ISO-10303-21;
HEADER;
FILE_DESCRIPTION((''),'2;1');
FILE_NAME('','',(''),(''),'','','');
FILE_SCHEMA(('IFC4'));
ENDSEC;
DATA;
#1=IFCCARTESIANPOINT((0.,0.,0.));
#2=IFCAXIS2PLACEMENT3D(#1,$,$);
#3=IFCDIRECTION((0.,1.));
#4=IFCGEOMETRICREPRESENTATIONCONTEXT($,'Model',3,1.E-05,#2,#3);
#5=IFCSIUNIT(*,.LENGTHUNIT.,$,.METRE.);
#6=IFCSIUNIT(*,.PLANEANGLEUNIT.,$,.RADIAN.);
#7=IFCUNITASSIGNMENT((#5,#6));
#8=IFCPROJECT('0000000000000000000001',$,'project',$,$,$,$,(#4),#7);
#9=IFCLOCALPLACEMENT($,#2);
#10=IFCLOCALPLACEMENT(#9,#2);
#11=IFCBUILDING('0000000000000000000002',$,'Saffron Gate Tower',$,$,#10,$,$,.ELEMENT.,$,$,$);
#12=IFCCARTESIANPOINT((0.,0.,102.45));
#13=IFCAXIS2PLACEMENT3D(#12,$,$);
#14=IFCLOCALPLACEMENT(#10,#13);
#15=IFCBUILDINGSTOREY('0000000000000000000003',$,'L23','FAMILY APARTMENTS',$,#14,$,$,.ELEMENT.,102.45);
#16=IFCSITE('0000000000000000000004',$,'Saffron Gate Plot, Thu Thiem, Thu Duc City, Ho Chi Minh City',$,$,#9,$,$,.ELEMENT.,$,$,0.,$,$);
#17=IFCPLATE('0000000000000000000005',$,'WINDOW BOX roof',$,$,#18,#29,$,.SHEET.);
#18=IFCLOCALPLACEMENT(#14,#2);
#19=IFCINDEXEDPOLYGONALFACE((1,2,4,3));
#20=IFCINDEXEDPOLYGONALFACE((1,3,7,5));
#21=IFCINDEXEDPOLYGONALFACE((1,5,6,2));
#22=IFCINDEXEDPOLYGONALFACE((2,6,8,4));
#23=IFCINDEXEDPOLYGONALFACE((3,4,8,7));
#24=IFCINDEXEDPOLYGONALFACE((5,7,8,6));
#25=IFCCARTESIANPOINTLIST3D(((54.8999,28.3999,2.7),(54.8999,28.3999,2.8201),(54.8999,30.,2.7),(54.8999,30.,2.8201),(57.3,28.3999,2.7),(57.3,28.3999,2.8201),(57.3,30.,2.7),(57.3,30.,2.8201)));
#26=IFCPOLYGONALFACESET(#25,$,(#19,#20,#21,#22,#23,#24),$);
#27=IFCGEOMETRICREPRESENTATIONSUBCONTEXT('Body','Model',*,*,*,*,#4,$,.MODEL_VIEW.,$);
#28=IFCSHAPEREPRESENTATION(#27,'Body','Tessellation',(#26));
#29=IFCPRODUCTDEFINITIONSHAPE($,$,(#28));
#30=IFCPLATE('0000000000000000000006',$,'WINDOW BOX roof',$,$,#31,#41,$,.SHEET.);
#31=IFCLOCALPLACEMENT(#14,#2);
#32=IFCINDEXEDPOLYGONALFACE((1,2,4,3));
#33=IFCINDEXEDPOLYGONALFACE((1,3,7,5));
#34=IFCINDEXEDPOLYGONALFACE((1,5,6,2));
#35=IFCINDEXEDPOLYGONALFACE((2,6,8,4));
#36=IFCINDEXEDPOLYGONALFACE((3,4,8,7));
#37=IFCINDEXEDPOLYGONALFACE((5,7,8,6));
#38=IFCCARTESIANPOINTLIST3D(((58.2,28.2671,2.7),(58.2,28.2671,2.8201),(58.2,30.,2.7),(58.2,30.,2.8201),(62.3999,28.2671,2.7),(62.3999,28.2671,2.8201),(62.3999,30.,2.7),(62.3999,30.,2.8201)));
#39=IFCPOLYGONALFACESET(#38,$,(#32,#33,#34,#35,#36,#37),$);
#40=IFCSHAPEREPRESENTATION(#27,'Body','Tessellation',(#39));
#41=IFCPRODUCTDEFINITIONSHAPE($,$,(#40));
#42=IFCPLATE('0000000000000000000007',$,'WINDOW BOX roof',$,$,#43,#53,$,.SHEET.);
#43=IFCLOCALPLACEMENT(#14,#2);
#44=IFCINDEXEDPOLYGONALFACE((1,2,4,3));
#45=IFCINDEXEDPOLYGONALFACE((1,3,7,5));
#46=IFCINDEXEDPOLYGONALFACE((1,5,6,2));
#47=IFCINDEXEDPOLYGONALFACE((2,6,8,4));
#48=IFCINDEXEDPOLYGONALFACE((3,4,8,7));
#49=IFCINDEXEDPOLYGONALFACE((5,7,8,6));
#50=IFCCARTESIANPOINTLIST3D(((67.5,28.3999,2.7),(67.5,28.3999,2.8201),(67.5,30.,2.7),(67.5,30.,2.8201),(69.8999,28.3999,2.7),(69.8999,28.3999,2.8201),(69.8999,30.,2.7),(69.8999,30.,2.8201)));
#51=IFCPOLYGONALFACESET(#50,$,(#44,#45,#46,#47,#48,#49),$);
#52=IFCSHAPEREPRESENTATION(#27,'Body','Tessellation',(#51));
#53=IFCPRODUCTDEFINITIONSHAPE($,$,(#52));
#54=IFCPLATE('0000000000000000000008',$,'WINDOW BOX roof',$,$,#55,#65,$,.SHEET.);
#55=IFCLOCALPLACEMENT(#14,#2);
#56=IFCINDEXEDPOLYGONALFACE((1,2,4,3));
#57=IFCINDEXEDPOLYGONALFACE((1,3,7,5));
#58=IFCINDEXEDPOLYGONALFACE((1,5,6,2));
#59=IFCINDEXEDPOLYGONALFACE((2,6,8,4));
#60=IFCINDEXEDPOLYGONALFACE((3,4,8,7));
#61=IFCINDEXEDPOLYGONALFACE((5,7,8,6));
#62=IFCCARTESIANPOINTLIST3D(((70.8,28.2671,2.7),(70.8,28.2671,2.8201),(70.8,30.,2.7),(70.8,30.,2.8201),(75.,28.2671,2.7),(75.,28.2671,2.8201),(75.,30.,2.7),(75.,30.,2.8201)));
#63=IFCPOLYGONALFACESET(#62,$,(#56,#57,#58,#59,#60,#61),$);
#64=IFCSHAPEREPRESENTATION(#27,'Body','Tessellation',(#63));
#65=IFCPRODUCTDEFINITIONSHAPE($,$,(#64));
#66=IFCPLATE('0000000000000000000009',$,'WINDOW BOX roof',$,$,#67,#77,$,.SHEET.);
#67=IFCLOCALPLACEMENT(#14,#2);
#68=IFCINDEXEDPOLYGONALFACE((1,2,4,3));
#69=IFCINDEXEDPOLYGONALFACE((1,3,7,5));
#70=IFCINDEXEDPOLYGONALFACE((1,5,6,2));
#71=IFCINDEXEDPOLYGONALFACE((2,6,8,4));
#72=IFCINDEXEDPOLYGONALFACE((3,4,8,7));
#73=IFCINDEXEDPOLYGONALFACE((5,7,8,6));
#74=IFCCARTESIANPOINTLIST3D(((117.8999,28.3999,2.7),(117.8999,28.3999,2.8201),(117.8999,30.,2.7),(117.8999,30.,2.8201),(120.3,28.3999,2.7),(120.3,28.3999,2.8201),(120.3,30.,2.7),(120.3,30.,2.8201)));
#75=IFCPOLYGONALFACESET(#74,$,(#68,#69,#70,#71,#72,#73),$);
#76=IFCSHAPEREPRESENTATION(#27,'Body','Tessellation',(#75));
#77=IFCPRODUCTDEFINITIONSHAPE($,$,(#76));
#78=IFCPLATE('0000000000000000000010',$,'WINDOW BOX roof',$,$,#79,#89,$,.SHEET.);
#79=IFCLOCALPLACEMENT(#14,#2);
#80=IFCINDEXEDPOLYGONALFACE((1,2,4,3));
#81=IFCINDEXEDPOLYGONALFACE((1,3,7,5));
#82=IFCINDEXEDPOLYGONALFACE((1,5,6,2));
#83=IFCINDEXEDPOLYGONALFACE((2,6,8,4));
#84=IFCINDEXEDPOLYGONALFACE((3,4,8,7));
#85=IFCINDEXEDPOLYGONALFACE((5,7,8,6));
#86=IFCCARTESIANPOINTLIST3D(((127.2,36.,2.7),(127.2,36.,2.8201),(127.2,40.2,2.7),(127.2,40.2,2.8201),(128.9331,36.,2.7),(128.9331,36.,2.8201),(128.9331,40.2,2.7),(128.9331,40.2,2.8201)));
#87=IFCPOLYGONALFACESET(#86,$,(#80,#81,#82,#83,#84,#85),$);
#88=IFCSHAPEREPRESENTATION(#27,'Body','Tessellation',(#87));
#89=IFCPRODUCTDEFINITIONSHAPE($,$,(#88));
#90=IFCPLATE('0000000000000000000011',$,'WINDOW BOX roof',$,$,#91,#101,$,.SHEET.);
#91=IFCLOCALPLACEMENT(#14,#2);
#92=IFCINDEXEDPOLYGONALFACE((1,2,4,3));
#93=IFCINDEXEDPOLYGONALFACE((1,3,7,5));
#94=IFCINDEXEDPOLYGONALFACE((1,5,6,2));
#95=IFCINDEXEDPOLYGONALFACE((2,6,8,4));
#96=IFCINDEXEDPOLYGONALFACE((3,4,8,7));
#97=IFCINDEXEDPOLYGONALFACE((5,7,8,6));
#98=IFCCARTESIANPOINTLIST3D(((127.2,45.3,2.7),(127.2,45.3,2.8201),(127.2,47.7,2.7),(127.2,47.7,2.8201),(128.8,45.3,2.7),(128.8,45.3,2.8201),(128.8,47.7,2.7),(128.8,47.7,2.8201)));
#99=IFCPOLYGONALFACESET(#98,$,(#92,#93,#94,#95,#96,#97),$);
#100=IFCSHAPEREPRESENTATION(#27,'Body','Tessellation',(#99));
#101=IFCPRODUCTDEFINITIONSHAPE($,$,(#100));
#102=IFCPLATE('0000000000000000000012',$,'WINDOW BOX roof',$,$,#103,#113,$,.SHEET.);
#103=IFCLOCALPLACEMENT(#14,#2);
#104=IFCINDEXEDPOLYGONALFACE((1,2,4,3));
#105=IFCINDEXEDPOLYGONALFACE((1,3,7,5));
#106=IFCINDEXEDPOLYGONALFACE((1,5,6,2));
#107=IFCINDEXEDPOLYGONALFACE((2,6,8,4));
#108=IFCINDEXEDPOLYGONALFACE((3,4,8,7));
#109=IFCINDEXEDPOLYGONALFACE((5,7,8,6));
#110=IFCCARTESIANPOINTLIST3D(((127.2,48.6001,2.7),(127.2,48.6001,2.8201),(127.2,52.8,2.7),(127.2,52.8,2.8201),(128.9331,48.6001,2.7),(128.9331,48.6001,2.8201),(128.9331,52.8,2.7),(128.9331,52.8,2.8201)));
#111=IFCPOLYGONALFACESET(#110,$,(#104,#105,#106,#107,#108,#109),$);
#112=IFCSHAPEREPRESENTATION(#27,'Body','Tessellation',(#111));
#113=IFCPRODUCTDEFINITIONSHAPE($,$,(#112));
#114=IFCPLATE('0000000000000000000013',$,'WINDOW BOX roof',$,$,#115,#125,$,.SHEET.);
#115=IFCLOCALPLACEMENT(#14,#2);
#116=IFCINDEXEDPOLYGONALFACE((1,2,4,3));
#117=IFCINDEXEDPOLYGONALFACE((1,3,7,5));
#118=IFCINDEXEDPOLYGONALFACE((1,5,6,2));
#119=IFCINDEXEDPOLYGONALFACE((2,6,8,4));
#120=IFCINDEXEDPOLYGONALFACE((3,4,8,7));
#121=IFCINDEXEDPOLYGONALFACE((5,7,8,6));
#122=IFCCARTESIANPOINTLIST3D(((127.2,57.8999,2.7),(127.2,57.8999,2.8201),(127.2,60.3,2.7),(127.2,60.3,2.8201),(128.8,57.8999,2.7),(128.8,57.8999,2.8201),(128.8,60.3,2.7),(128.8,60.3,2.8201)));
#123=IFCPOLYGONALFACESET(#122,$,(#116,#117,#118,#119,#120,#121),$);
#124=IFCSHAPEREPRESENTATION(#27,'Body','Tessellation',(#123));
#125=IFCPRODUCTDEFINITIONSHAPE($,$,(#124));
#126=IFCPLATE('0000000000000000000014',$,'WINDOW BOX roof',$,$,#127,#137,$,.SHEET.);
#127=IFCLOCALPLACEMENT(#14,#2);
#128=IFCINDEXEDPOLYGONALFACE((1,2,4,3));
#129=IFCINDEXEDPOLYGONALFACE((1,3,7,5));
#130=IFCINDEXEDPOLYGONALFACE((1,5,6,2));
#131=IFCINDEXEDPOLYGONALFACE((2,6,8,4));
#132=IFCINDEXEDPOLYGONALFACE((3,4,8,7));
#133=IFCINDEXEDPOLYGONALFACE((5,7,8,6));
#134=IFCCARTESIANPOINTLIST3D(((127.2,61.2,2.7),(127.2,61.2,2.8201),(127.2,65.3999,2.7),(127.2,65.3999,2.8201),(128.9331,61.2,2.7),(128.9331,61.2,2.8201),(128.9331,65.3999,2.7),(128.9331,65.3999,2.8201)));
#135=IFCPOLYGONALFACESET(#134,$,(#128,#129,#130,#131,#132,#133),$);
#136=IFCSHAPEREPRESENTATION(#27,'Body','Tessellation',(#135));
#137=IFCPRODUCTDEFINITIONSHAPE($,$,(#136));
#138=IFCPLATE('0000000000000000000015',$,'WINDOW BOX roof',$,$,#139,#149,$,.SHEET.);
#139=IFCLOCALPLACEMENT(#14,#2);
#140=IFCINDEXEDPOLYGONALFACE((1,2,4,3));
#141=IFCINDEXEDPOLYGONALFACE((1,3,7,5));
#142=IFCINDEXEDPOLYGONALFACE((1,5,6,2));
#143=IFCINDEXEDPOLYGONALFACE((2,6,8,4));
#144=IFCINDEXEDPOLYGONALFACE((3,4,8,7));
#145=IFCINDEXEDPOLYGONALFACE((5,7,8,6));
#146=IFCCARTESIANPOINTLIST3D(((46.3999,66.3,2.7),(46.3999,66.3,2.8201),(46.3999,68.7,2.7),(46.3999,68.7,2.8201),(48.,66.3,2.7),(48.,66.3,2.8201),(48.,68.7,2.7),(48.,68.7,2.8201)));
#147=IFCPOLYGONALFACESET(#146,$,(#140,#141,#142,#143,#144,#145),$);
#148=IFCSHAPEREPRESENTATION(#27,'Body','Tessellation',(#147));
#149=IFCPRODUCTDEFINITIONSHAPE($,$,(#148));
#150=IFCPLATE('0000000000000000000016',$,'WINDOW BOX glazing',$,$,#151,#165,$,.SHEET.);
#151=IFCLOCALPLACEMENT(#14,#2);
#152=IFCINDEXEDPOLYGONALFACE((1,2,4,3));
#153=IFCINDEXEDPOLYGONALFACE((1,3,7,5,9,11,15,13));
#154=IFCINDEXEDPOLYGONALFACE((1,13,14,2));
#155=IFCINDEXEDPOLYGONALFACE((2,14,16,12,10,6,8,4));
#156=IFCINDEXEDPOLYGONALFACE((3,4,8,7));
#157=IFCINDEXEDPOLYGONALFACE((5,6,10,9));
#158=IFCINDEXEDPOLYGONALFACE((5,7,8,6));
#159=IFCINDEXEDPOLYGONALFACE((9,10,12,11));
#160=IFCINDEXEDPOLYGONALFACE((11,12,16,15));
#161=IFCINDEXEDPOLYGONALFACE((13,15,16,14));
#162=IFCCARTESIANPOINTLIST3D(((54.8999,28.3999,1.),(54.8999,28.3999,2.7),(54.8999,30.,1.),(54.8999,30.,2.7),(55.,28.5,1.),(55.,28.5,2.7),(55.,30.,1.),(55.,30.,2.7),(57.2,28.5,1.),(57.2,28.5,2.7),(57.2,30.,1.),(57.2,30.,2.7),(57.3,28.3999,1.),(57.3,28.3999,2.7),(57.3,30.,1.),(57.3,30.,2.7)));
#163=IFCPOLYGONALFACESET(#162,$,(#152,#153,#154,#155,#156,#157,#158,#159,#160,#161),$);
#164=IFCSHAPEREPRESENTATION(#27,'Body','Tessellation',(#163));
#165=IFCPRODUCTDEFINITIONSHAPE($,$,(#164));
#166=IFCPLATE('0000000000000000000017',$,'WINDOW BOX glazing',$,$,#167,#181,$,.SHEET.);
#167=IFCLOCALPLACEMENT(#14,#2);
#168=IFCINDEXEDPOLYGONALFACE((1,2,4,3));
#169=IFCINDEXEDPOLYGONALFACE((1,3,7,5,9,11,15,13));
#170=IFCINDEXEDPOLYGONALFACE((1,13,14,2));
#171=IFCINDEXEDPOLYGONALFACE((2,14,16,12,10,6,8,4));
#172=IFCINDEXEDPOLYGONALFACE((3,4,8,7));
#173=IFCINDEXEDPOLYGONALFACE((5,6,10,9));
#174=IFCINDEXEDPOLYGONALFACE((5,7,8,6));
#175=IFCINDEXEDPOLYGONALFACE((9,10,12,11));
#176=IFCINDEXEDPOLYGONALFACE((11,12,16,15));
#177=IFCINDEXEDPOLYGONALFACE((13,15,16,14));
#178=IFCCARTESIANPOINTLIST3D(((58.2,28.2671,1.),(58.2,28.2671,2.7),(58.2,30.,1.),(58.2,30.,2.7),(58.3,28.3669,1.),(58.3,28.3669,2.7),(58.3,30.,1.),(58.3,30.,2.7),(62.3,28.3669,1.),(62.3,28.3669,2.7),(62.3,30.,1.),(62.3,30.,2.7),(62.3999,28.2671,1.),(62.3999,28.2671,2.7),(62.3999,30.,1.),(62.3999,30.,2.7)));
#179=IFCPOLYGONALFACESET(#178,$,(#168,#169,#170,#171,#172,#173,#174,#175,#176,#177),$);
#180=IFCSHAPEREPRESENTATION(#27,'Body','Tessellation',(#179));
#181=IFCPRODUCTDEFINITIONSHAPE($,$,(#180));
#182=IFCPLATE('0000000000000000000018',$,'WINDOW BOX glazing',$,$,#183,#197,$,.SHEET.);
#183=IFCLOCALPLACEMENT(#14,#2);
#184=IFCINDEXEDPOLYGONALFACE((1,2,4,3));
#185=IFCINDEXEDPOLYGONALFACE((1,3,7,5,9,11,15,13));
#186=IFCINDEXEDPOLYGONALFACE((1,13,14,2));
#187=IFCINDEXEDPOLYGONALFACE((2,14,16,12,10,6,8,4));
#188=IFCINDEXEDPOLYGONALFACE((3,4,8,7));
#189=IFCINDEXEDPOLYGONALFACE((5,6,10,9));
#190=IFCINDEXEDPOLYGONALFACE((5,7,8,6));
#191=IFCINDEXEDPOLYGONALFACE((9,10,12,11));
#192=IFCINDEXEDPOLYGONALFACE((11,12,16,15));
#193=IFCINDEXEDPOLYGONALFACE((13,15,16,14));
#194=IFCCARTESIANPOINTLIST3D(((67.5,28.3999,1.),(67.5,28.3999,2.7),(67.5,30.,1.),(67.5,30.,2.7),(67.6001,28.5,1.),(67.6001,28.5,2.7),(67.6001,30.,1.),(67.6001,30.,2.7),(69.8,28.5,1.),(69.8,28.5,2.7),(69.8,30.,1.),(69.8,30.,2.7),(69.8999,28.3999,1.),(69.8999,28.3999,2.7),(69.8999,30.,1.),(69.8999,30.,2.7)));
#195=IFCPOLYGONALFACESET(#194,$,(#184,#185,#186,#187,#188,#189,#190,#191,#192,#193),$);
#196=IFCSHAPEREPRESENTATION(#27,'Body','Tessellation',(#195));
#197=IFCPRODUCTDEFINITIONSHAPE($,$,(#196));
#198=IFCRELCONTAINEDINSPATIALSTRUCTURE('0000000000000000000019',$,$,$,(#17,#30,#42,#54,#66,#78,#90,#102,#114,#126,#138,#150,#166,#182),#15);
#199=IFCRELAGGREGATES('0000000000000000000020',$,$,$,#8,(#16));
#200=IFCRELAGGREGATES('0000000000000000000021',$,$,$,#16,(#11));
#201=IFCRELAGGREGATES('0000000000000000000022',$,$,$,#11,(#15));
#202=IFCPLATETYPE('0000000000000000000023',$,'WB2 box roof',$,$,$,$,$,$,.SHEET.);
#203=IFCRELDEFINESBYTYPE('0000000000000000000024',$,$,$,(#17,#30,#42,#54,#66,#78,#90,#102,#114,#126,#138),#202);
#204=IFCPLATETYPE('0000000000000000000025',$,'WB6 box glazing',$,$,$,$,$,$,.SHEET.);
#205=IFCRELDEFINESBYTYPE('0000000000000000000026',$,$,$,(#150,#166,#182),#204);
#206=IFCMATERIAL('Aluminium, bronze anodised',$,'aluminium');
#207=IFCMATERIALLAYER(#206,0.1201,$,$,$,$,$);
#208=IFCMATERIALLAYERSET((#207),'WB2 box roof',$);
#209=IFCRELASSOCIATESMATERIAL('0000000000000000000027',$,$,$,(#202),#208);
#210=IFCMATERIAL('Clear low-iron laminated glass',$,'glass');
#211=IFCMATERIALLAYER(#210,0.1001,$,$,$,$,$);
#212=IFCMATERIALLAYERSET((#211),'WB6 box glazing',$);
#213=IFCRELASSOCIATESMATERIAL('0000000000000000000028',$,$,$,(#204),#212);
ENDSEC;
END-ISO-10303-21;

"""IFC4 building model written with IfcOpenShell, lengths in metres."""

from ifc_helpers import new_model, si_unit, direction, frame, origin, place, context, subcontext, project, spatial, polyline, outline, extrude, material, layer, layer_set, type_object, element, save


model = new_model("IFC4")

# Units and contexts
model_context = context("Model", 3, precision=1e-05, world=origin(), true_north=direction((0.0, 1.0)))
body_context = subcontext(model_context, "Body", "Model", "MODEL_VIEW")
ifc_project = project(units=[si_unit("LENGTHUNIT", "METRE"), si_unit("PLANEANGLEUNIT", "RADIAN")], contexts=[model_context])

# Site, building, storey
site_placement = place(None, origin())
site = spatial("IfcSite", under=ifc_project, at=site_placement, Name="Saffron Gate Plot, Thu Thiem, Thu Duc City, Ho Chi Minh City", CompositionType="ELEMENT", RefElevation=0.0)
building_placement = place(site_placement, origin())
building = spatial("IfcBuilding", under=site, at=building_placement, Name="Saffron Gate Tower", CompositionType="ELEMENT")
storey_placement = place(building_placement, frame((0.0, 0.0, 102.45)))
storey = spatial("IfcBuildingStorey", under=building, at=storey_placement, Name="L23", Description="FAMILY APARTMENTS", CompositionType="ELEMENT", Elevation=102.45)

# Plates
ifc_material_1 = material(Name="Aluminium, bronze anodised", Category="aluminium")
ifc_layer_1 = layer(ifc_material_1, 0.1201)
ifc_layer_set_1 = layer_set([ifc_layer_1], Name="WB2 box roof")
plate_type_1 = type_object("IfcPlateType", Name="WB2 box roof", PredefinedType="SHEET", material=ifc_layer_set_1)
plate_1_placement = place(storey_placement, frame((0.0, 0.0, 2.7)))
element("IfcPlate", 1, at=plate_1_placement, inside=storey, type_object=plate_type_1, Name="WINDOW BOX roof", PredefinedType="SHEET", context=body_context, shape_type="SweptSolid", body=[
    extrude(outline(polyline([(54.8999, 30.0), (57.3, 30.0), (57.3, 28.3999), (54.8999, 28.3999), (54.8999, 30.0)])), origin(), (0.0, 0.0, 1.0), 0.1201),
])
plate_2_placement = place(storey_placement, frame((0.0, 0.0, 2.7)))
element("IfcPlate", 2, at=plate_2_placement, inside=storey, type_object=plate_type_1, Name="WINDOW BOX roof", PredefinedType="SHEET", context=body_context, shape_type="SweptSolid", body=[
    extrude(outline(polyline([(58.2, 30.0), (62.3999, 30.0), (62.3999, 28.2671), (58.2, 28.2671), (58.2, 30.0)])), origin(), (0.0, 0.0, 1.0), 0.1201),
])
plate_3_placement = place(storey_placement, frame((0.0, 0.0, 2.7)))
element("IfcPlate", 3, at=plate_3_placement, inside=storey, type_object=plate_type_1, Name="WINDOW BOX roof", PredefinedType="SHEET", context=body_context, shape_type="SweptSolid", body=[
    extrude(outline(polyline([(67.5, 30.0), (69.8999, 30.0), (69.8999, 28.3999), (67.5, 28.3999), (67.5, 30.0)])), origin(), (0.0, 0.0, 1.0), 0.1201),
])
plate_4_placement = place(storey_placement, frame((0.0, 0.0, 2.7)))
element("IfcPlate", 4, at=plate_4_placement, inside=storey, type_object=plate_type_1, Name="WINDOW BOX roof", PredefinedType="SHEET", context=body_context, shape_type="SweptSolid", body=[
    extrude(outline(polyline([(70.8, 30.0), (75.0, 30.0), (75.0, 28.2671), (70.8, 28.2671), (70.8, 30.0)])), origin(), (0.0, 0.0, 1.0), 0.1201),
])
plate_5_placement = place(storey_placement, frame((0.0, 0.0, 2.7)))
element("IfcPlate", 5, at=plate_5_placement, inside=storey, type_object=plate_type_1, Name="WINDOW BOX roof", PredefinedType="SHEET", context=body_context, shape_type="SweptSolid", body=[
    extrude(outline(polyline([(117.8999, 30.0), (120.3, 30.0), (120.3, 28.3999), (117.8999, 28.3999), (117.8999, 30.0)])), origin(), (0.0, 0.0, 1.0), 0.1201),
])
plate_6_placement = place(storey_placement, frame((0.0, 0.0, 2.7)))
element("IfcPlate", 6, at=plate_6_placement, inside=storey, type_object=plate_type_1, Name="WINDOW BOX roof", PredefinedType="SHEET", context=body_context, shape_type="SweptSolid", body=[
    extrude(outline(polyline([(127.2, 36.0), (127.2, 40.2), (128.9331, 40.2), (128.9331, 36.0), (127.2, 36.0)])), origin(), (0.0, 0.0, 1.0), 0.1201),
])
plate_7_placement = place(storey_placement, frame((0.0, 0.0, 2.7)))
element("IfcPlate", 7, at=plate_7_placement, inside=storey, type_object=plate_type_1, Name="WINDOW BOX roof", PredefinedType="SHEET", context=body_context, shape_type="SweptSolid", body=[
    extrude(outline(polyline([(127.2, 45.3), (127.2, 47.7), (128.8, 47.7), (128.8, 45.3), (127.2, 45.3)])), origin(), (0.0, 0.0, 1.0), 0.1201),
])
plate_8_placement = place(storey_placement, frame((0.0, 0.0, 2.7)))
element("IfcPlate", 8, at=plate_8_placement, inside=storey, type_object=plate_type_1, Name="WINDOW BOX roof", PredefinedType="SHEET", context=body_context, shape_type="SweptSolid", body=[
    extrude(outline(polyline([(127.2, 48.6001), (127.2, 52.8), (128.9331, 52.8), (128.9331, 48.6001), (127.2, 48.6001)])), origin(), (0.0, 0.0, 1.0), 0.1201),
])
plate_9_placement = place(storey_placement, frame((0.0, 0.0, 2.7)))
element("IfcPlate", 9, at=plate_9_placement, inside=storey, type_object=plate_type_1, Name="WINDOW BOX roof", PredefinedType="SHEET", context=body_context, shape_type="SweptSolid", body=[
    extrude(outline(polyline([(127.2, 57.8999), (127.2, 60.3), (128.8, 60.3), (128.8, 57.8999), (127.2, 57.8999)])), origin(), (0.0, 0.0, 1.0), 0.1201),
])
plate_10_placement = place(storey_placement, frame((0.0, 0.0, 2.7)))
element("IfcPlate", 10, at=plate_10_placement, inside=storey, type_object=plate_type_1, Name="WINDOW BOX roof", PredefinedType="SHEET", context=body_context, shape_type="SweptSolid", body=[
    extrude(outline(polyline([(127.2, 61.2), (127.2, 65.3999), (128.9331, 65.3999), (128.9331, 61.2), (127.2, 61.2)])), origin(), (0.0, 0.0, 1.0), 0.1201),
])
plate_11_placement = place(storey_placement, frame((0.0, 0.0, 2.7)))
element("IfcPlate", 11, at=plate_11_placement, inside=storey, type_object=plate_type_1, Name="WINDOW BOX roof", PredefinedType="SHEET", context=body_context, shape_type="SweptSolid", body=[
    extrude(outline(polyline([(48.0, 68.7), (48.0, 66.3), (46.3999, 66.3), (46.3999, 68.7), (48.0, 68.7)])), origin(), (0.0, 0.0, 1.0), 0.1201),
])
ifc_material_2 = material(Name="Clear low-iron laminated glass", Category="glass")
ifc_layer_2 = layer(ifc_material_2, 0.1001)
ifc_layer_set_2 = layer_set([ifc_layer_2], Name="WB6 box glazing")
plate_type_2 = type_object("IfcPlateType", Name="WB6 box glazing", PredefinedType="SHEET", material=ifc_layer_set_2)
plate_12_placement = place(storey_placement, frame((0.0, 0.0, 1.0)))
element("IfcPlate", 12, at=plate_12_placement, inside=storey, type_object=plate_type_2, Name="WINDOW BOX glazing", PredefinedType="SHEET", context=body_context, shape_type="SweptSolid", body=[
    extrude(outline(polyline([(54.8999, 30.0), (55.0, 30.0), (55.0, 28.5), (57.2, 28.5), (57.2, 30.0), (57.3, 30.0), (57.3, 28.3999), (54.8999, 28.3999), (54.8999, 30.0)])), origin(), (0.0, 0.0, 1.0), 1.7),
])
plate_13_placement = place(storey_placement, frame((0.0, 0.0, 1.0)))
element("IfcPlate", 13, at=plate_13_placement, inside=storey, type_object=plate_type_2, Name="WINDOW BOX glazing", PredefinedType="SHEET", context=body_context, shape_type="SweptSolid", body=[
    extrude(outline(polyline([(58.2, 30.0), (58.3, 30.0), (58.3, 28.3669), (62.3, 28.3669), (62.3, 30.0), (62.3999, 30.0), (62.3999, 28.2671), (58.2, 28.2671), (58.2, 30.0)])), origin(), (0.0, 0.0, 1.0), 1.7),
])
plate_14_placement = place(storey_placement, frame((0.0, 0.0, 1.0)))
element("IfcPlate", 14, at=plate_14_placement, inside=storey, type_object=plate_type_2, Name="WINDOW BOX glazing", PredefinedType="SHEET", context=body_context, shape_type="SweptSolid", body=[
    extrude(outline(polyline([(67.5, 30.0), (67.6001, 30.0), (67.6001, 28.5), (69.8, 28.5), (69.8, 30.0), (69.8999, 30.0), (69.8999, 28.3999), (67.5, 28.3999), (67.5, 30.0)])), origin(), (0.0, 0.0, 1.0), 1.7),
])

save(model, "model.ifc")
